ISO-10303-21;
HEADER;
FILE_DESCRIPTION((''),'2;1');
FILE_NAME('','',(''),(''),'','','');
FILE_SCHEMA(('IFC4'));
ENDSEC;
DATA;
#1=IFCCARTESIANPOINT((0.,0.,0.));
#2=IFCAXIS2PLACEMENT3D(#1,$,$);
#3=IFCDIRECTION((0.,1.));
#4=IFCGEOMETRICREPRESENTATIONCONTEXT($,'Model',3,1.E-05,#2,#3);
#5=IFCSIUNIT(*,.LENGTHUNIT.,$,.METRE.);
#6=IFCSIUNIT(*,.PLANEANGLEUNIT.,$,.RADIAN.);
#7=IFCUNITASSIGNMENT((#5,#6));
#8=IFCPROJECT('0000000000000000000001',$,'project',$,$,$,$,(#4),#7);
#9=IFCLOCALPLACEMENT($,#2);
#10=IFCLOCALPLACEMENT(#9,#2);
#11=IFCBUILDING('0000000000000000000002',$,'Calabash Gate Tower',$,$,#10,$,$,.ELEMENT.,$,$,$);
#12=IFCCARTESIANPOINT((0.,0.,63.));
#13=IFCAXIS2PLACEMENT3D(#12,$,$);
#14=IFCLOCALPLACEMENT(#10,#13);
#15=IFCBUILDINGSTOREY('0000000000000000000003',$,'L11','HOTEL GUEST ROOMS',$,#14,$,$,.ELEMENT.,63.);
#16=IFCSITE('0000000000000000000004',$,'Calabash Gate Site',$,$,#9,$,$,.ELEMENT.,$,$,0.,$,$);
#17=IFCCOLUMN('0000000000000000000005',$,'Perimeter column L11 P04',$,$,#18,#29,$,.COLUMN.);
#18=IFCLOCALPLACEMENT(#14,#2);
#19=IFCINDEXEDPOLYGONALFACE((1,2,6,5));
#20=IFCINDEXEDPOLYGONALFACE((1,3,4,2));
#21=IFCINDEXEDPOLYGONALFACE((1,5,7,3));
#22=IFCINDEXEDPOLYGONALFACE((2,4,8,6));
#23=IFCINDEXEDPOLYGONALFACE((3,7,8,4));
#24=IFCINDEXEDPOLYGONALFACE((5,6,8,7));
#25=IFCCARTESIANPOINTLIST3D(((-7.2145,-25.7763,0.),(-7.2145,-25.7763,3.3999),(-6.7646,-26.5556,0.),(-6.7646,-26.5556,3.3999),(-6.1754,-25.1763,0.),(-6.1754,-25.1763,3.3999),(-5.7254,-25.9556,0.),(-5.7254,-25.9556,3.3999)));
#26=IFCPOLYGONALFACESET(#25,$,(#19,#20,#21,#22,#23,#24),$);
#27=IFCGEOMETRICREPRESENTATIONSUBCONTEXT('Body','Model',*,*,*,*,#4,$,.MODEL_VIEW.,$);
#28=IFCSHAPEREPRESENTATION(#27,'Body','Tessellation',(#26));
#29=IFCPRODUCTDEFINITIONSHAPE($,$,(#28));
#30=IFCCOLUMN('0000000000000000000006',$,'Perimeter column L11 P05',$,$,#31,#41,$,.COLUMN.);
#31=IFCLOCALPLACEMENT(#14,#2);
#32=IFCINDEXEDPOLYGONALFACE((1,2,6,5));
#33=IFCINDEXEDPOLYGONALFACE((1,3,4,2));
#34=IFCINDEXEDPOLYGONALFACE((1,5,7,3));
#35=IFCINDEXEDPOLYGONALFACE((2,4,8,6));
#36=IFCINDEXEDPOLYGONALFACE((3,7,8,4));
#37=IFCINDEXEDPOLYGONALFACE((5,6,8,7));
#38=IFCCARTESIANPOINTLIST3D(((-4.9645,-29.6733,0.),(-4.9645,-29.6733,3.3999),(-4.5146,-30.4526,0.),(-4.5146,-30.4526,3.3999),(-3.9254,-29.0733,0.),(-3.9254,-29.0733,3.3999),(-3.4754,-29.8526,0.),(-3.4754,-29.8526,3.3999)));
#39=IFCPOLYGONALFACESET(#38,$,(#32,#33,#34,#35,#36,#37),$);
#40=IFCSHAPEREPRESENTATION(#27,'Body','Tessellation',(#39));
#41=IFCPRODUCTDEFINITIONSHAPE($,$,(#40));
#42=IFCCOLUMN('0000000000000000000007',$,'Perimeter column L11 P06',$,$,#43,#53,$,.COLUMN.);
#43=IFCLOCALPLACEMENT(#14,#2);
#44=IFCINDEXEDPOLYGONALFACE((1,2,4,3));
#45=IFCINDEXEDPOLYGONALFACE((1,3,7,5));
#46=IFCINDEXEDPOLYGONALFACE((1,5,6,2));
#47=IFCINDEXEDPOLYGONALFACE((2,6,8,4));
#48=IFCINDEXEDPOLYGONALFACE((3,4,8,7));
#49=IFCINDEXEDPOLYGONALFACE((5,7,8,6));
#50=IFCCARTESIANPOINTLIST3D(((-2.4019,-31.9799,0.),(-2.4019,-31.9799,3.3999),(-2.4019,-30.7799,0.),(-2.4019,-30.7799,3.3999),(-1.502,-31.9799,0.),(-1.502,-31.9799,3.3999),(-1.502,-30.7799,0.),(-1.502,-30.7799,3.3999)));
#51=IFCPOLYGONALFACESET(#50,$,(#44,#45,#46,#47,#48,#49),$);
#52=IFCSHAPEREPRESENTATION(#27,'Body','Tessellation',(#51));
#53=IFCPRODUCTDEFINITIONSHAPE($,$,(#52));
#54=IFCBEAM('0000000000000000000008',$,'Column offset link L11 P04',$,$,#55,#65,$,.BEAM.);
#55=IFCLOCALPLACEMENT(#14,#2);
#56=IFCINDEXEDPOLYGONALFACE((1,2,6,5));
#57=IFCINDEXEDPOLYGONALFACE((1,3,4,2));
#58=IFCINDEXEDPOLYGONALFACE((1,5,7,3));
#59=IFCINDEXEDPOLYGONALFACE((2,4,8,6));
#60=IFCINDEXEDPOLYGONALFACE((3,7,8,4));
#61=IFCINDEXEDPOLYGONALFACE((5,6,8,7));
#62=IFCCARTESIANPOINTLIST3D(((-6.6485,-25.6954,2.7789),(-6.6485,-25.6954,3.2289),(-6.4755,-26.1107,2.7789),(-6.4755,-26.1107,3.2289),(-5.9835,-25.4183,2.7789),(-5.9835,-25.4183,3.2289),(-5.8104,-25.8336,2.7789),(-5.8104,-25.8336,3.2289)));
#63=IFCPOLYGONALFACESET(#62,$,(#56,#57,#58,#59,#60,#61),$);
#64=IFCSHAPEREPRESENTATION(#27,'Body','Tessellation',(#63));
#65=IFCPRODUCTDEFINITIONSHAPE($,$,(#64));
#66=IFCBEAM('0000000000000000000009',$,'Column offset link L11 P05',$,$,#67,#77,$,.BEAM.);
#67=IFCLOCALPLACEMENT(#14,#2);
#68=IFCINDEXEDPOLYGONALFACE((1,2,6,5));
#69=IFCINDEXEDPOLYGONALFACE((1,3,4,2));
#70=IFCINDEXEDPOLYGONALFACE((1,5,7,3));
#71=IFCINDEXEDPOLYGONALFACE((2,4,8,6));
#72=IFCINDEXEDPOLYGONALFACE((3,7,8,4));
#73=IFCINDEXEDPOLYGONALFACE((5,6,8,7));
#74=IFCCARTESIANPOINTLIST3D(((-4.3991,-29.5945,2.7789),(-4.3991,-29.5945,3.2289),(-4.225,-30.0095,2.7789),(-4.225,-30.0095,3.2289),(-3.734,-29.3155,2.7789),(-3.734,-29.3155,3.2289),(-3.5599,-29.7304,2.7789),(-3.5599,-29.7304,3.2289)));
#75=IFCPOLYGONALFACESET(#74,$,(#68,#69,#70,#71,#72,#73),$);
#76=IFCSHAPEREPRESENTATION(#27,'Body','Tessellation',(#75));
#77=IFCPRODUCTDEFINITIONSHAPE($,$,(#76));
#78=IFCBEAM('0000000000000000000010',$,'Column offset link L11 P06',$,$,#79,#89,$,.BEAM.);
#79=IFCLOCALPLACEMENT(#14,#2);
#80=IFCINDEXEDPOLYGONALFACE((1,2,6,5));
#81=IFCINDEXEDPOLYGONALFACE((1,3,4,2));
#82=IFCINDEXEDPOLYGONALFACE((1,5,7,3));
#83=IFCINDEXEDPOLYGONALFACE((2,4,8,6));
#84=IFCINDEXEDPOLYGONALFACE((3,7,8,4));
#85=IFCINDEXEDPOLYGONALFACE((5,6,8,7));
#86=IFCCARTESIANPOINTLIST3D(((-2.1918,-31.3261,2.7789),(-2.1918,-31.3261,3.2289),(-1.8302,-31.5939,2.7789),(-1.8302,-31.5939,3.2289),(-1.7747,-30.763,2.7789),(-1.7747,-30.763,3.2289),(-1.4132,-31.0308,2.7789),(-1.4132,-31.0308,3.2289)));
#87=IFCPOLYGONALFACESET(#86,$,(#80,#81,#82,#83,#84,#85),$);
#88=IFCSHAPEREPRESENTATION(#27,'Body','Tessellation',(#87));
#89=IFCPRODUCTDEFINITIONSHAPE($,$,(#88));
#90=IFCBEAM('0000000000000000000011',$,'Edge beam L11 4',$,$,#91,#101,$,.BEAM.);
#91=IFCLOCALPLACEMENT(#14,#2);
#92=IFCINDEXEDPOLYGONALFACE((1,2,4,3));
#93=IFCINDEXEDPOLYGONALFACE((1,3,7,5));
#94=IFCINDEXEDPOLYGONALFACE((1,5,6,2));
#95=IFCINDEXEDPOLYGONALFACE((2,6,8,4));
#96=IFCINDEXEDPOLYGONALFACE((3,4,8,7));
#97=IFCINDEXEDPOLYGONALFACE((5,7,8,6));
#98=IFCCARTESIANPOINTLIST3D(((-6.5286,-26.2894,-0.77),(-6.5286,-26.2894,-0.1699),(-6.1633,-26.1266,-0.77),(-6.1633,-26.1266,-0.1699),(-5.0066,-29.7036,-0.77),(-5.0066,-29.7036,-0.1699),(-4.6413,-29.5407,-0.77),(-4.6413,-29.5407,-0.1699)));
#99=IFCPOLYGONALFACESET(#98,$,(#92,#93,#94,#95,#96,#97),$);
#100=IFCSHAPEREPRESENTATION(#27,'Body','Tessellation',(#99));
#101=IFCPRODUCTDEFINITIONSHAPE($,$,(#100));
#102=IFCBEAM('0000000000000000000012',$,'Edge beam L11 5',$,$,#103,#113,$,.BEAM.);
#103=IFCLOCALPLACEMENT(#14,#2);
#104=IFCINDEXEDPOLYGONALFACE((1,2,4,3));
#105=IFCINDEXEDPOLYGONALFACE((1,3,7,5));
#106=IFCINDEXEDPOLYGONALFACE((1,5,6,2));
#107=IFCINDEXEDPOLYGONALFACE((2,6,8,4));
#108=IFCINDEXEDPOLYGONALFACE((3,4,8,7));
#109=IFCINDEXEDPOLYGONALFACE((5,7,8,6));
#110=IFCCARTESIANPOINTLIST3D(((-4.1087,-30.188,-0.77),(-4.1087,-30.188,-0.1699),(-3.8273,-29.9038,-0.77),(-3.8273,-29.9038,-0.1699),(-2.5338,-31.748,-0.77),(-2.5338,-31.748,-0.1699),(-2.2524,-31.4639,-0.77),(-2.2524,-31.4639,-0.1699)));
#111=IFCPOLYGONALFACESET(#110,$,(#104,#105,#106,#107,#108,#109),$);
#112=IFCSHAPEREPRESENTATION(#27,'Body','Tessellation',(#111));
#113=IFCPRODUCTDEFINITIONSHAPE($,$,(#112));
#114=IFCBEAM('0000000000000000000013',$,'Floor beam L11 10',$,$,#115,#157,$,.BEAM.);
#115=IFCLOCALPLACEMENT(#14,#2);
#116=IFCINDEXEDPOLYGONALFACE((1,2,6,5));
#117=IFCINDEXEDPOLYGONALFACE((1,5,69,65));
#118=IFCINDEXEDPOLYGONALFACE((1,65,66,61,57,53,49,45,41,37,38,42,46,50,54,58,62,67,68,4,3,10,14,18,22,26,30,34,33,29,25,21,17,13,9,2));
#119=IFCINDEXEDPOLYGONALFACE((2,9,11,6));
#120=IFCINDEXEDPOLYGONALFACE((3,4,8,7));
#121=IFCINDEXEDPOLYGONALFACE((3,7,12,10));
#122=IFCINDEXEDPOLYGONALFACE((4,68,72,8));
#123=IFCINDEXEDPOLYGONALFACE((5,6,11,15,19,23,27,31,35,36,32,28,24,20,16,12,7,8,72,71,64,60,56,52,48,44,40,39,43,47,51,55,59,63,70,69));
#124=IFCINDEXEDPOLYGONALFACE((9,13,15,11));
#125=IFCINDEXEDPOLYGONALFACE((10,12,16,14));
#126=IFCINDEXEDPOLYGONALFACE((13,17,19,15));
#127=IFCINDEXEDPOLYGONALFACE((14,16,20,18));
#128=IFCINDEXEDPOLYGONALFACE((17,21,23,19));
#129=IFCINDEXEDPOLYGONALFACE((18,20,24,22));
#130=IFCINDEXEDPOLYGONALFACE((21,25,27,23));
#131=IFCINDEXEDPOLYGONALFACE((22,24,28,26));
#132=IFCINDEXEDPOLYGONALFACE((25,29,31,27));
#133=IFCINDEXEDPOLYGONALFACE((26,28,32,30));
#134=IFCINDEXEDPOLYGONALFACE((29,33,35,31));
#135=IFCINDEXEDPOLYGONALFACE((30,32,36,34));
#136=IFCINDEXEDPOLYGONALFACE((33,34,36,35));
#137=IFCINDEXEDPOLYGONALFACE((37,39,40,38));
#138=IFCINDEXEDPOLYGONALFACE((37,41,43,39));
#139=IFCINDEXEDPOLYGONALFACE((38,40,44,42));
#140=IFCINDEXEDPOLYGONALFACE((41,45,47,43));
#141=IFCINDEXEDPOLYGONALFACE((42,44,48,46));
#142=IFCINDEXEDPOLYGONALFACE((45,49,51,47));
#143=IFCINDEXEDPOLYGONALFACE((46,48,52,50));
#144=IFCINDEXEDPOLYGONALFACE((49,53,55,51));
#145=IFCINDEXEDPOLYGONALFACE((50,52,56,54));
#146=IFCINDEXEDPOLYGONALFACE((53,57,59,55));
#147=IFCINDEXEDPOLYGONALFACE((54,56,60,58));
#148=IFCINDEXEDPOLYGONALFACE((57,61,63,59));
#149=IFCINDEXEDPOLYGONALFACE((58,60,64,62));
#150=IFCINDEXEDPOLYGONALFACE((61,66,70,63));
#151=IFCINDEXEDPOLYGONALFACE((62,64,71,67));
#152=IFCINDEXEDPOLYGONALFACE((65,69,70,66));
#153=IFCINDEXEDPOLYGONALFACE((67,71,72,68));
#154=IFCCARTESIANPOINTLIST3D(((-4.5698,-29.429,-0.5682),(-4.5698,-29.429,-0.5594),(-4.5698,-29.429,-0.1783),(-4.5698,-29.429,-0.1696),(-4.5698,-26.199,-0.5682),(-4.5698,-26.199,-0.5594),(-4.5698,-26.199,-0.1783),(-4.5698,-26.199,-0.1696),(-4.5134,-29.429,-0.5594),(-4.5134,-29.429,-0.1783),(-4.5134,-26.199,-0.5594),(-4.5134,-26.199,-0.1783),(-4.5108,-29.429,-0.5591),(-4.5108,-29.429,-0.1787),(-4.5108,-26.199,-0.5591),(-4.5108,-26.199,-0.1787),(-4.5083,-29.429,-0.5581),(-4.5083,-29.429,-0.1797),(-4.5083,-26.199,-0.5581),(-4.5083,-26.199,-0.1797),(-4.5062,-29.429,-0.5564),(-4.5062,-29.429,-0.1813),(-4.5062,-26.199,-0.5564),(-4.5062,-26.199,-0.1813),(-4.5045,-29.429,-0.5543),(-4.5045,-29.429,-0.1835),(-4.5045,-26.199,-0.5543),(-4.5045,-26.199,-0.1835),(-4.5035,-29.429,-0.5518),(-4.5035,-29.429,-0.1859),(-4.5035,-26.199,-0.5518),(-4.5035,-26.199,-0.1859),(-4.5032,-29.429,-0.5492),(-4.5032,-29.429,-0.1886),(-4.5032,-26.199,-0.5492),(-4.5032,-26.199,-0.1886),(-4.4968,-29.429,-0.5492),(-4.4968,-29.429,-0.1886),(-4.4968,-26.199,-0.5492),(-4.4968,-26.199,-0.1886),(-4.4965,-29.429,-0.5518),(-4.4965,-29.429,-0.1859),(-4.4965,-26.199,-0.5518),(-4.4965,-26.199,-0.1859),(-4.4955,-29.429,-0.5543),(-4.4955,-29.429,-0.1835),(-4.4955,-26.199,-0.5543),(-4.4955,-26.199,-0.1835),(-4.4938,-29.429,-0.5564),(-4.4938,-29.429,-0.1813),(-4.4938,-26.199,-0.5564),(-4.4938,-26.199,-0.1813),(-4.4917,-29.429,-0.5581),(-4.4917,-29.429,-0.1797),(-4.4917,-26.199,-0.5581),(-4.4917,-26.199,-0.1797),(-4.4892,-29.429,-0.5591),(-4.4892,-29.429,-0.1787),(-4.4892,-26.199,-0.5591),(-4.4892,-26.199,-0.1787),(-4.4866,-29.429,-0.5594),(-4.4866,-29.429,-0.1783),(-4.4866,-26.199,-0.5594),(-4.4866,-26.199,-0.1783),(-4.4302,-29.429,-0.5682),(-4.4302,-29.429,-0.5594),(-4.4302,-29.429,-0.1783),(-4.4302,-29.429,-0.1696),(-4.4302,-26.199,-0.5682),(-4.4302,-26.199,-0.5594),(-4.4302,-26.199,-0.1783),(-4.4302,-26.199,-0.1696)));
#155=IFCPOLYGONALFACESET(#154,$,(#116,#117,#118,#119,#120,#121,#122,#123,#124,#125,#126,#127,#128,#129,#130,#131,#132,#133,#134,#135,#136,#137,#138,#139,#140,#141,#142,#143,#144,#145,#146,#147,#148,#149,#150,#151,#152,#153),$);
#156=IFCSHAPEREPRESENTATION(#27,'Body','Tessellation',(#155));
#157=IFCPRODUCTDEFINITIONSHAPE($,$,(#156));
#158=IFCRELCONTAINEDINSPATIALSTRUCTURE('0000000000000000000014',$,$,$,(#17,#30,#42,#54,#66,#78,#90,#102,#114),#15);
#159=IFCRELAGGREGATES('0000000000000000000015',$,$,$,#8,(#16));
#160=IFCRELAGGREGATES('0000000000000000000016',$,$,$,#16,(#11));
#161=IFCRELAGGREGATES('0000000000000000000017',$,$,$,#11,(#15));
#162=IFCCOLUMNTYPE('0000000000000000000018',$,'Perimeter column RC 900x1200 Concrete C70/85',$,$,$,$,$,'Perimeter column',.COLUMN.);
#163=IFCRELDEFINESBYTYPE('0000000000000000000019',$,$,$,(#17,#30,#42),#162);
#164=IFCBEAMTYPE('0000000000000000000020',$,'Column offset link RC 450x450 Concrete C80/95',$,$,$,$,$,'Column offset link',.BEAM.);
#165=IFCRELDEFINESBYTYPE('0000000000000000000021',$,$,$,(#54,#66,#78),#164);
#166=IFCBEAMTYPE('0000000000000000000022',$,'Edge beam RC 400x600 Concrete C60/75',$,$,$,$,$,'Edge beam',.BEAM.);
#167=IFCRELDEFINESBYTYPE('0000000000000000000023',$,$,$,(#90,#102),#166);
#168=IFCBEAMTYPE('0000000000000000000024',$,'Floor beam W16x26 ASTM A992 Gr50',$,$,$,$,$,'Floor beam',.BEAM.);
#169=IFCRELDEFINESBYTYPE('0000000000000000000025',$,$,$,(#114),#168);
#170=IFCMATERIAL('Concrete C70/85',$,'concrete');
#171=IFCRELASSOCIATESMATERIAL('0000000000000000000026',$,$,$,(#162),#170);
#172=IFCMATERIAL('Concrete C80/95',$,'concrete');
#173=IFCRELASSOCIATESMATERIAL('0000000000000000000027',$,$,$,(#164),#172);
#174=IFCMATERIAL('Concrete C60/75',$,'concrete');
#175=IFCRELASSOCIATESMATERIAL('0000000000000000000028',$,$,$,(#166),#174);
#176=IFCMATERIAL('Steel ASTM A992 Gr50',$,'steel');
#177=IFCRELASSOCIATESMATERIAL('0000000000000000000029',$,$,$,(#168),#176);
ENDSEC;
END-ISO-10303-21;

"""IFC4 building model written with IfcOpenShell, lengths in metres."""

from ifc_helpers import new_model, si_unit, direction, frame, origin, origin_2d, place, context, subcontext, project, spatial, rectangle, i_section, extrude, material, material_profile, profile_set, type_object, element, save


model = new_model("IFC4")

# Units and contexts
model_context = context("Model", 3, precision=1e-05, world=origin(), true_north=direction((0.0, 1.0)))
body_context = subcontext(model_context, "Body", "Model", "MODEL_VIEW")
ifc_project = project(units=[si_unit("LENGTHUNIT", "METRE"), si_unit("PLANEANGLEUNIT", "RADIAN")], contexts=[model_context])

# Site, building, storey
site_placement = place(None, origin())
site = spatial("IfcSite", under=ifc_project, at=site_placement, Name="Calabash Gate Site", CompositionType="ELEMENT", RefElevation=0.0)
building_placement = place(site_placement, origin())
building = spatial("IfcBuilding", under=site, at=building_placement, Name="Calabash Gate Tower", CompositionType="ELEMENT")
storey_placement = place(building_placement, frame((0.0, 0.0, 63.0)))
storey = spatial("IfcBuildingStorey", under=building, at=storey_placement, Name="L11", Description="HOTEL GUEST ROOMS", CompositionType="ELEMENT", Elevation=63.0)

# Columns
ifc_material_1 = material(Name="Concrete C70/85", Category="concrete")
ifc_material_profile_1 = material_profile(ifc_material_1, rectangle(XDim=0.8999, YDim=1.2, at=origin_2d()))
ifc_profile_set_1 = profile_set([ifc_material_profile_1], Name="Concrete C70/85")
column_type = type_object("IfcColumnType", Name="Perimeter column RC 900x1200 Concrete C70/85", ElementType="Perimeter column", PredefinedType="COLUMN", material=ifc_profile_set_1)
for number, where, z_axis, x_axis, name in (
    (1, (-6.47, -25.866, 0.0), (0.0, 0.0, 1.0), (0.5, -0.866025, 0.0), "Perimeter column L11 P04"),
    (2, (-4.22, -29.7629, 0.0), (0.0, 0.0, 1.0), (0.5, -0.866025, 0.0), "Perimeter column L11 P05"),
    (3, (-1.9519, -31.3799, 0.0), (0.0, 0.0, 1.0), (1.0, 0.0, 0.0), "Perimeter column L11 P06"),
):
    element("IfcColumn", number, at=place(storey_placement, frame(where, z_axis=z_axis, x_axis=x_axis)), inside=storey, type_object=column_type, Name=name, PredefinedType="COLUMN", context=body_context, shape_type="SweptSolid", body=[
        extrude(rectangle(XDim=0.8999, YDim=1.2, at=origin_2d()), origin(), (0.0, 0.0, 1.0), 3.3999),
    ])

# Beams
ifc_material_2 = material(Name="Concrete C80/95", Category="concrete")
ifc_material_profile_2 = material_profile(ifc_material_2, rectangle(XDim=0.45, YDim=0.45, at=origin_2d()))
ifc_profile_set_2 = profile_set([ifc_material_profile_2], Name="Concrete C80/95")
beam_type_1 = type_object("IfcBeamType", Name="Column offset link RC 450x450 Concrete C80/95", ElementType="Column offset link", PredefinedType="BEAM", material=ifc_profile_set_2)
beam_1_placement = place(storey_placement, frame((-6.562, -25.9031, 3.0039), z_axis=(0.923077, 0.384615, 0.0), x_axis=(-0.384615, 0.923077, 0.0)))
element("IfcBeam", 4, at=beam_1_placement, inside=storey, type_object=beam_type_1, Name="Column offset link L11 P04", PredefinedType="BEAM", context=body_context, shape_type="SweptSolid", body=[
    extrude(rectangle(XDim=0.45, YDim=0.45, at=origin_2d()), origin(), (0.0, 0.0, 1.0), 0.7205),
])
beam_2_placement = place(storey_placement, frame((-4.312, -29.802, 3.0039), z_axis=(0.922113, 0.386922, 0.0), x_axis=(-0.386922, 0.922113, 0.0)))
element("IfcBeam", 5, at=beam_2_placement, inside=storey, type_object=beam_type_1, Name="Column offset link L11 P05", PredefinedType="BEAM", context=body_context, shape_type="SweptSolid", body=[
    extrude(rectangle(XDim=0.45, YDim=0.45, at=origin_2d()), origin(), (0.0, 0.0, 1.0), 0.7212),
])
beam_3_placement = place(storey_placement, frame((-2.011, -31.46, 3.0039), z_axis=(0.595194, 0.803582, 0.0), x_axis=(-0.803582, 0.595194, 0.0)))
element("IfcBeam", 6, at=beam_3_placement, inside=storey, type_object=beam_type_1, Name="Column offset link L11 P06", PredefinedType="BEAM", context=body_context, shape_type="SweptSolid", body=[
    extrude(rectangle(XDim=0.45, YDim=0.45, at=origin_2d()), origin(), (0.0, 0.0, 1.0), 0.7007),
])
ifc_material_3 = material(Name="Concrete C60/75", Category="concrete")
ifc_material_profile_3 = material_profile(ifc_material_3, rectangle(XDim=0.3999, YDim=0.6001, at=origin_2d()))
ifc_profile_set_3 = profile_set([ifc_material_profile_3], Name="Concrete C60/75")
beam_type_2 = type_object("IfcBeamType", Name="Edge beam RC 400x600 Concrete C60/75", ElementType="Edge beam", PredefinedType="BEAM", material=ifc_profile_set_3)
beam_4_placement = place(storey_placement, frame((-6.3459, -26.208, -0.47), z_axis=(0.407168, -0.913353, 0.0), x_axis=(0.913353, 0.407168, 0.0)))
element("IfcBeam", 7, at=beam_4_placement, inside=storey, type_object=beam_type_2, Name="Edge beam L11 4", PredefinedType="BEAM", context=body_context, shape_type="SweptSolid", body=[
    extrude(rectangle(XDim=0.3999, YDim=0.6001, at=origin_2d()), origin(), (0.0, 0.0, 1.0), 3.738),
])
beam_5_placement = place(storey_placement, frame((-3.968, -30.0459, -0.47), z_axis=(0.710458, -0.70374, 0.0), x_axis=(0.70374, 0.710458, 0.0)))
element("IfcBeam", 8, at=beam_5_placement, inside=storey, type_object=beam_type_2, Name="Edge beam L11 5", PredefinedType="BEAM", context=body_context, shape_type="SweptSolid", body=[
    extrude(rectangle(XDim=0.3999, YDim=0.6001, at=origin_2d()), origin(), (0.0, 0.0, 1.0), 2.2168),
])
ifc_material_4 = material(Name="Steel ASTM A992 Gr50", Category="steel")
ifc_material_profile_4 = material_profile(ifc_material_4, i_section(OverallWidth=0.1396, OverallDepth=0.3987, WebThickness=0.0063, FlangeThickness=0.0088, FilletRadius=0.0103, at=origin_2d()))
ifc_profile_set_4 = profile_set([ifc_material_profile_4], Name="Steel ASTM A992 Gr50")
beam_type_3 = type_object("IfcBeamType", Name="Floor beam W16x26 ASTM A992 Gr50", ElementType="Floor beam", PredefinedType="BEAM", material=ifc_profile_set_4)
beam_6_placement = place(storey_placement, frame((-4.5, -29.429, -0.3689), z_axis=(0.0, 1.0, 0.0), x_axis=(-1.0, 0.0, 0.0)))
element("IfcBeam", 9, at=beam_6_placement, inside=storey, type_object=beam_type_3, Name="Floor beam L11 10", PredefinedType="BEAM", context=body_context, shape_type="SweptSolid", body=[
    extrude(i_section(OverallWidth=0.1396, OverallDepth=0.3987, WebThickness=0.0063, FlangeThickness=0.0088, FilletRadius=0.0103, at=origin_2d()), origin(), (0.0, 0.0, 1.0), 3.23),
])

save(model, "model.ifc")
